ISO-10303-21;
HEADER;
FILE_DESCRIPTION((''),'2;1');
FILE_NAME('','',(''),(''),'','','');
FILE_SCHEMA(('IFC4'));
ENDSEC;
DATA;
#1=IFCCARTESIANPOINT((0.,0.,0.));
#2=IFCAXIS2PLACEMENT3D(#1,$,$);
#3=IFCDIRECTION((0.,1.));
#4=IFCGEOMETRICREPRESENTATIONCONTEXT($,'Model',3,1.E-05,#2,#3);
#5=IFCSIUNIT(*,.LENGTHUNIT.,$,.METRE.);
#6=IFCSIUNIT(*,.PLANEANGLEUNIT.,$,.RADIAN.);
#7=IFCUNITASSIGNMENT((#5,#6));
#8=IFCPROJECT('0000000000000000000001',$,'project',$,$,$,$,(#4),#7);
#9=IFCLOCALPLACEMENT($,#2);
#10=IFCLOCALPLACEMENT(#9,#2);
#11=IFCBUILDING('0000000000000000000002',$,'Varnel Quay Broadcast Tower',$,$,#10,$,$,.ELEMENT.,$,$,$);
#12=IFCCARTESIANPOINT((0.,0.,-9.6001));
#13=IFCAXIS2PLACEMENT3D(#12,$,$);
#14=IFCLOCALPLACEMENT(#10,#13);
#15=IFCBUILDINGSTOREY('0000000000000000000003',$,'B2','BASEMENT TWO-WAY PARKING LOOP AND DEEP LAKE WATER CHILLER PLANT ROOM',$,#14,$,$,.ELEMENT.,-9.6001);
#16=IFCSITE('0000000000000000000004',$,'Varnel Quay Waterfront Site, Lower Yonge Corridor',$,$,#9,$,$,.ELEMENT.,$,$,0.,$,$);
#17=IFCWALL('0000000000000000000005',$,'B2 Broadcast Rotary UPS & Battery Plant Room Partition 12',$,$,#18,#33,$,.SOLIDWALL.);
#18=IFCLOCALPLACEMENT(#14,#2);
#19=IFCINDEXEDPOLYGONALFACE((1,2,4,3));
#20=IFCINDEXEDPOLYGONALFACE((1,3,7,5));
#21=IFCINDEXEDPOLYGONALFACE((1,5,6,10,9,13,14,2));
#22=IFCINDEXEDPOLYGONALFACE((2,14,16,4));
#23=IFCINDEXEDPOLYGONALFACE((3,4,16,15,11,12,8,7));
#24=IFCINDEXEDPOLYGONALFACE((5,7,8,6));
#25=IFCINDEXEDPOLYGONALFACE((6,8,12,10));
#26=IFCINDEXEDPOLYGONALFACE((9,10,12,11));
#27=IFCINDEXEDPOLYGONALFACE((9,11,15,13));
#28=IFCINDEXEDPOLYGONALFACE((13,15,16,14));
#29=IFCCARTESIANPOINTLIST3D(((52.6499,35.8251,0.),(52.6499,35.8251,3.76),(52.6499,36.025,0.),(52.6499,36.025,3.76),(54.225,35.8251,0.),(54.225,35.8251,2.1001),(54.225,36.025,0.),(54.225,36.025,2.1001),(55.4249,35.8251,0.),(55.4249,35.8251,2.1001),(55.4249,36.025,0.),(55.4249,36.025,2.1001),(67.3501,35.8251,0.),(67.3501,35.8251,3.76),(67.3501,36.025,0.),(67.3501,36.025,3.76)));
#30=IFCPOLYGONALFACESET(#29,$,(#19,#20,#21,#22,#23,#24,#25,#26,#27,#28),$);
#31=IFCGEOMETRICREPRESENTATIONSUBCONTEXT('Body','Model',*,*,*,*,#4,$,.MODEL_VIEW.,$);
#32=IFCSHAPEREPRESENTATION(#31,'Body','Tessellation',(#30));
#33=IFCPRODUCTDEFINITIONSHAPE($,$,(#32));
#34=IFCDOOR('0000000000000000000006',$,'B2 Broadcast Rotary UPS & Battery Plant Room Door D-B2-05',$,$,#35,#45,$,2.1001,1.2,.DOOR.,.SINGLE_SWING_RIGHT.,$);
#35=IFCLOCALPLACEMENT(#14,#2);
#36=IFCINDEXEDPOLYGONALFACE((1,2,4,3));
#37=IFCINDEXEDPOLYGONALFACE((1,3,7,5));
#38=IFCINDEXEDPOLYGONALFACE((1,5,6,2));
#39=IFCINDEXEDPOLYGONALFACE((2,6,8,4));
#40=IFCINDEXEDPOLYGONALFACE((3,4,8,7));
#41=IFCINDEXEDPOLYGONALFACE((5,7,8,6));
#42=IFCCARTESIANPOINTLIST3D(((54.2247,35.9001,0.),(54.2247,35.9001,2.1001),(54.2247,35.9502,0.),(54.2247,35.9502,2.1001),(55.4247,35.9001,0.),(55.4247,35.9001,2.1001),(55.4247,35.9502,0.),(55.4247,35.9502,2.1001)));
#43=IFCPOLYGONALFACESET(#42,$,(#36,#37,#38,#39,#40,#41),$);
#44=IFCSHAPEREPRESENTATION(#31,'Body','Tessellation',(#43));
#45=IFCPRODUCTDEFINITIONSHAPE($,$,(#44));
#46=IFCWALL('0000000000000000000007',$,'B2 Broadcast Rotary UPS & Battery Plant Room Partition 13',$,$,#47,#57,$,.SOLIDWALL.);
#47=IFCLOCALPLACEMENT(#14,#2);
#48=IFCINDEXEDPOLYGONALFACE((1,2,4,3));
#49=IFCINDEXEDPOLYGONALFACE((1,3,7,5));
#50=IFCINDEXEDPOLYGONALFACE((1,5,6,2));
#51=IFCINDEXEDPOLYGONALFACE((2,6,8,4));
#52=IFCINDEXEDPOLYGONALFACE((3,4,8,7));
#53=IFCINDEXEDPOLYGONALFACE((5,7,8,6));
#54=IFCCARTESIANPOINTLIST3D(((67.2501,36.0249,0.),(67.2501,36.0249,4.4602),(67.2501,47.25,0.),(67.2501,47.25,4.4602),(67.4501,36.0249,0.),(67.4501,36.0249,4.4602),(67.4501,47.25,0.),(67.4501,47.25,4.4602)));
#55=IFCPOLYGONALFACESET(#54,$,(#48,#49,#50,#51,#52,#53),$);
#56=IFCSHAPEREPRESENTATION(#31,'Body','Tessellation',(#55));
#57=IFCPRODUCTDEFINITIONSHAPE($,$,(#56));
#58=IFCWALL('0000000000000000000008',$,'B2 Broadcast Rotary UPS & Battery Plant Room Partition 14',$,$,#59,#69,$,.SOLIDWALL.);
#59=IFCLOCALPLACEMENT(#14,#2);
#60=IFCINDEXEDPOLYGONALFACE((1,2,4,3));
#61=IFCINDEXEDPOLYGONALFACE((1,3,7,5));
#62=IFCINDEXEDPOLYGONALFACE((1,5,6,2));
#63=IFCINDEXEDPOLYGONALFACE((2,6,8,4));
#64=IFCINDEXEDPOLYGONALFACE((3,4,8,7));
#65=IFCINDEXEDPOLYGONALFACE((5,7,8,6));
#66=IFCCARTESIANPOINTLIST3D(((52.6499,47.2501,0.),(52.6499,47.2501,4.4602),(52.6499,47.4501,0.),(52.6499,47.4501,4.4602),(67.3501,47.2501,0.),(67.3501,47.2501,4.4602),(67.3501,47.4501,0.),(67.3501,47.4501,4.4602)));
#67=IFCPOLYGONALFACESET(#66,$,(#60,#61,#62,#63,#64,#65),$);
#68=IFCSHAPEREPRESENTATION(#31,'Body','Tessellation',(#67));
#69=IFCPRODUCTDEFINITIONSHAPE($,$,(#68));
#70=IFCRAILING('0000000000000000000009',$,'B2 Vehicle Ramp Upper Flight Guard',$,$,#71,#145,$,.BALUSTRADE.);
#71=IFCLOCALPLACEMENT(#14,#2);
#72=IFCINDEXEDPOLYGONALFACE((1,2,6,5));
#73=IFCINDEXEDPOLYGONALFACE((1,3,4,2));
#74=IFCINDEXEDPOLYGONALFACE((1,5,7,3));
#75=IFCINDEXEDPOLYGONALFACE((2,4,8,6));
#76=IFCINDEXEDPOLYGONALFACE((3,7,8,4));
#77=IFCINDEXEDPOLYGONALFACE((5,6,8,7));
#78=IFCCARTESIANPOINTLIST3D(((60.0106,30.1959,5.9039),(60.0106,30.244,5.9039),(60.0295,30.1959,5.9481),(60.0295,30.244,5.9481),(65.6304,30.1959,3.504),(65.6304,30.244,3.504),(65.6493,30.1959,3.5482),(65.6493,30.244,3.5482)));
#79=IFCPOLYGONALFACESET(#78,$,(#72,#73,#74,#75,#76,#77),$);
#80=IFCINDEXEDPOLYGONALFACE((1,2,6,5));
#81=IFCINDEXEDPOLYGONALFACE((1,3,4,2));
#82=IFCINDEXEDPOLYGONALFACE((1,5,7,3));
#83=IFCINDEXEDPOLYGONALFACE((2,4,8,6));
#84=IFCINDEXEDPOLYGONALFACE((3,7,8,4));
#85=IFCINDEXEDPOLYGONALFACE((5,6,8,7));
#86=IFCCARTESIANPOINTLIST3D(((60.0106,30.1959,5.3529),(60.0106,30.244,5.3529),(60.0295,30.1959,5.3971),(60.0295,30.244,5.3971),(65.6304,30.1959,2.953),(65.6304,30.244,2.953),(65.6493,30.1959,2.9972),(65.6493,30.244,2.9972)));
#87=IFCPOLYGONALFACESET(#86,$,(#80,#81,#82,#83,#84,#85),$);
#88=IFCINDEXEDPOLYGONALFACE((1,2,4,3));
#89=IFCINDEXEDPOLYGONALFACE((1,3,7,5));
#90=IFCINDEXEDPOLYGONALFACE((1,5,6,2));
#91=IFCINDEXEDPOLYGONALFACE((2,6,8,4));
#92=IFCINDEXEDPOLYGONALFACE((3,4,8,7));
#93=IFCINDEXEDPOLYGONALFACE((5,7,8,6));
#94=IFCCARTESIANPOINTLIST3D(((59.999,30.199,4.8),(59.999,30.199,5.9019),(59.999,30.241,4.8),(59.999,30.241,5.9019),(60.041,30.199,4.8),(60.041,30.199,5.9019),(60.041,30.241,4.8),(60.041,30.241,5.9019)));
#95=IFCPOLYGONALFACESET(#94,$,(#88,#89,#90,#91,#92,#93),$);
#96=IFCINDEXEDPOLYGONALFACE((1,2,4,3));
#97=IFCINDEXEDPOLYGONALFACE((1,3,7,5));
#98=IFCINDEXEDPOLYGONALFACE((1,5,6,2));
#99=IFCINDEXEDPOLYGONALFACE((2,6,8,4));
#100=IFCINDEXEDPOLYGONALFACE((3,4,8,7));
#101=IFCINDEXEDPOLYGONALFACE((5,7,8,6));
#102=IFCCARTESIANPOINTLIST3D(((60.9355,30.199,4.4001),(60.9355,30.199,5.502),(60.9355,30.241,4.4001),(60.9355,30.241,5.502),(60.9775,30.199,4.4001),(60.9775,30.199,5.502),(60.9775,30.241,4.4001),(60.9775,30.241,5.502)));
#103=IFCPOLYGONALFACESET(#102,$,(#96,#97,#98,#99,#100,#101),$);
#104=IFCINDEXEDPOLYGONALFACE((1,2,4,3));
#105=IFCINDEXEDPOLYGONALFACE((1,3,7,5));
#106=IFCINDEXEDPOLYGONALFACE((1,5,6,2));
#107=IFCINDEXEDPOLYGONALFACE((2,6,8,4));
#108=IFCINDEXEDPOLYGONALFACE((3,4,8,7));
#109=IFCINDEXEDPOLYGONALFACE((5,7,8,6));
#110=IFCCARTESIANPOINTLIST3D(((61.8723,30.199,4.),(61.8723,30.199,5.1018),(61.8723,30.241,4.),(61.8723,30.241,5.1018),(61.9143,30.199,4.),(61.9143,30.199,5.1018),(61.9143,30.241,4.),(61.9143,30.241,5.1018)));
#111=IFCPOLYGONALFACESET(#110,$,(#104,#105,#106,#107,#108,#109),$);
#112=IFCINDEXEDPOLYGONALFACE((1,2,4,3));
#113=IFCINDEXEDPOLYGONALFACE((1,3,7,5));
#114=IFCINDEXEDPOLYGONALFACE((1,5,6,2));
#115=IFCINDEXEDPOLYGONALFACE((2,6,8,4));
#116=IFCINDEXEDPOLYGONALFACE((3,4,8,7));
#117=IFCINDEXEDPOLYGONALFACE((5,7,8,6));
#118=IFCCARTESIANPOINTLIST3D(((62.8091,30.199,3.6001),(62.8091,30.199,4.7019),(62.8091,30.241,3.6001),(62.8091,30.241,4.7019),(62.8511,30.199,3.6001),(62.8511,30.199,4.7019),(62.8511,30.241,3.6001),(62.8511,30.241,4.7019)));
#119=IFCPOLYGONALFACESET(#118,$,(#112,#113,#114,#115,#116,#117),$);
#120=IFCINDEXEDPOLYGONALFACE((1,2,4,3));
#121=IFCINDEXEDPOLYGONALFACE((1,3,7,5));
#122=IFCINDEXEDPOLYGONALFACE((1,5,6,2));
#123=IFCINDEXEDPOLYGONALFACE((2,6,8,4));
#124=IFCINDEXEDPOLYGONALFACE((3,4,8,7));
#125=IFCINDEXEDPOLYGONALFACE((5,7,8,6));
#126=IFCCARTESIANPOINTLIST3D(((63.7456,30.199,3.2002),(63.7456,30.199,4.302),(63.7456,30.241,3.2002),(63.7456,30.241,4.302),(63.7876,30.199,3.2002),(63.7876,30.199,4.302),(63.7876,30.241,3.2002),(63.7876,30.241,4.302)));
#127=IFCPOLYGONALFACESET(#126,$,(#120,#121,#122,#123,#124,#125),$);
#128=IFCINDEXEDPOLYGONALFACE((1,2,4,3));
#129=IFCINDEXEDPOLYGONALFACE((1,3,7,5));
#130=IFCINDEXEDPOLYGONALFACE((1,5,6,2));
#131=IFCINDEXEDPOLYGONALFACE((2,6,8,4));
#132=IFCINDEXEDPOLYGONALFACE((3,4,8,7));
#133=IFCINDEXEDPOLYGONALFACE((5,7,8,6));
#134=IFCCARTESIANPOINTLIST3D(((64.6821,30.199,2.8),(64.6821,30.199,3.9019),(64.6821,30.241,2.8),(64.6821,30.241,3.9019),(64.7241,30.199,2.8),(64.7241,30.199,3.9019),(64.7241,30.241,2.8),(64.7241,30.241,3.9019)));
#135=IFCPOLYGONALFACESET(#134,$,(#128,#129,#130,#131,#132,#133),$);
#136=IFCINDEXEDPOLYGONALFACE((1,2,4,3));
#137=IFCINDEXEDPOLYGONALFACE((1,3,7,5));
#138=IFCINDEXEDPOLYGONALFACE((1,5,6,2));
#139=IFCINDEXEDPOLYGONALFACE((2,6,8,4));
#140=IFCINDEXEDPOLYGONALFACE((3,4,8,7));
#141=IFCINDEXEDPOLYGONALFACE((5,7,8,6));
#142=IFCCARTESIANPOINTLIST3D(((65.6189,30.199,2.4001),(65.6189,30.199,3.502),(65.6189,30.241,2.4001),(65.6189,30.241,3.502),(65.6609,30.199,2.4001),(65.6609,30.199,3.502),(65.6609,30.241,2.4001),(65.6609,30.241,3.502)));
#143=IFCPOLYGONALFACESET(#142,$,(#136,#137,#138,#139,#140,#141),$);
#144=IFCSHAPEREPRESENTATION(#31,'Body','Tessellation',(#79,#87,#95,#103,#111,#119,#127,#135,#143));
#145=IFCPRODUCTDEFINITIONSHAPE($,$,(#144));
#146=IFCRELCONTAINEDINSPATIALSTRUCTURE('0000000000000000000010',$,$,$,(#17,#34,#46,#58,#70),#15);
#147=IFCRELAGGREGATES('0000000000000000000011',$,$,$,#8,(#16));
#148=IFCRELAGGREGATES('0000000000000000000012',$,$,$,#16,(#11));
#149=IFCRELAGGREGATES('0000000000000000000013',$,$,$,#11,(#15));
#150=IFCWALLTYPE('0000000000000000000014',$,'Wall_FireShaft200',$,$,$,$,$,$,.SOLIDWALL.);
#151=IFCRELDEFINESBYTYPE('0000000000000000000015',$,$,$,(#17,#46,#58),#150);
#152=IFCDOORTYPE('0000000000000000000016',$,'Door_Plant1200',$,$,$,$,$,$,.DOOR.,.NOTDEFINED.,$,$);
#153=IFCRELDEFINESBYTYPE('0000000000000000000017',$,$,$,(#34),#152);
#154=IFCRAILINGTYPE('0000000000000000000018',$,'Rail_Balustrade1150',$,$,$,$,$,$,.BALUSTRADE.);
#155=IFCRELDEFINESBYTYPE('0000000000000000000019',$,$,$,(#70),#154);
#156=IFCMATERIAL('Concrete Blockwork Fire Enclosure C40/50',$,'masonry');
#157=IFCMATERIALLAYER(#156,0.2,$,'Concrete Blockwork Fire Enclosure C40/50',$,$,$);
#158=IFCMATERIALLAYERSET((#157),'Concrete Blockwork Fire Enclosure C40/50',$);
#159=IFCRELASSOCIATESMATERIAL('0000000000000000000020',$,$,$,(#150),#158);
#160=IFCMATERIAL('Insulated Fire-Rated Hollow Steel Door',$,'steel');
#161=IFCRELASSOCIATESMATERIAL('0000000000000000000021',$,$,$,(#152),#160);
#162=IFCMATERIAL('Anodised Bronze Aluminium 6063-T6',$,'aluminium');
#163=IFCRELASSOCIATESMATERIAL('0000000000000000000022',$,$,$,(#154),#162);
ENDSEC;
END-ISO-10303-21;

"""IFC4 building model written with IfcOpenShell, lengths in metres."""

from ifc_helpers import new_model, si_unit, direction, frame, frame_2d, origin, origin_2d, place, context, subcontext, project, spatial, rectangle, extrude, source, transform, mapped, material, layer, layer_set, type_object, type_shapes, element, fill, save


model = new_model("IFC4")

# Units and contexts
model_context = context("Model", 3, precision=1e-05, world=origin(), true_north=direction((0.0, 1.0)))
body_context = subcontext(model_context, "Body", "Model", "MODEL_VIEW")
ifc_project = project(units=[si_unit("LENGTHUNIT", "METRE"), si_unit("PLANEANGLEUNIT", "RADIAN")], contexts=[model_context])

# Site, building, storey
site_placement = place(None, origin())
site = spatial("IfcSite", under=ifc_project, at=site_placement, Name="Varnel Quay Waterfront Site, Lower Yonge Corridor", CompositionType="ELEMENT", RefElevation=0.0)
building_placement = place(site_placement, origin())
building = spatial("IfcBuilding", under=site, at=building_placement, Name="Varnel Quay Broadcast Tower", CompositionType="ELEMENT")
storey_placement = place(building_placement, frame((0.0, 0.0, -9.6001)))
storey = spatial("IfcBuildingStorey", under=building, at=storey_placement, Name="B2", Description="BASEMENT TWO-WAY PARKING LOOP AND DEEP LAKE WATER CHILLER PLANT ROOM", CompositionType="ELEMENT", Elevation=-9.6001)

# Wall, opening, door
ifc_material_1 = material(Name="Concrete Blockwork Fire Enclosure C40/50", Category="masonry")
ifc_layer_1 = layer(ifc_material_1, 0.2, Name="Concrete Blockwork Fire Enclosure C40/50")
ifc_layer_set_1 = layer_set([ifc_layer_1], Name="Concrete Blockwork Fire Enclosure C40/50")
wall_type_1 = type_object("IfcWallType", Name="Wall_FireShaft200", PredefinedType="SOLIDWALL", material=ifc_layer_set_1)
wall_1_placement = place(storey_placement, frame((52.6499, 35.925, 0.0), z_axis=(0.0, 0.0, 1.0), x_axis=(1.0, 0.0, 0.0)))
wall_1 = element("IfcWall", 1, at=wall_1_placement, inside=storey, type_object=wall_type_1, Name="B2 Broadcast Rotary UPS & Battery Plant Room Partition 12", PredefinedType="SOLIDWALL", context=body_context, shape_type="SweptSolid", body=[
    extrude(rectangle(XDim=14.7002, YDim=0.2, at=frame_2d((7.3501, 0.0))), origin(), (0.0, 0.0, 1.0), 3.76),
])
opening_placement = place(wall_1_placement, frame((1.575, 0.0, 0.0)))
opening = element("IfcOpeningElement", 2, at=opening_placement, cuts=wall_1, PredefinedType="OPENING", context=body_context, shape_type="SweptSolid", body=[
    extrude(rectangle(XDim=1.2, YDim=2.1001, at=frame_2d((0.6001, 1.05))), frame((0.0, 0.1099, 0.0), z_axis=(0.0, -1.0, 0.0), x_axis=(1.0, 0.0, 0.0)), (0.0, 0.0, 1.0), 0.22),
])
ifc_material_2 = material(Name="Insulated Fire-Rated Hollow Steel Door", Category="steel")
door_type = type_object("IfcDoorType", Name="Door_Plant1200", OperationType="NOTDEFINED", PredefinedType="DOOR", material=ifc_material_2)
shared_shape_1 = source(origin(), body_context, "Body", "SweptSolid", [
    extrude(rectangle(XDim=1.2, YDim=2.1001, at=frame_2d((0.6001, 1.05))), frame((0.0, 0.0249, 0.0), z_axis=(0.0, -1.0, 0.0), x_axis=(1.0, 0.0, 0.0)), (0.0, 0.0, 1.0), 0.05),
])
type_shapes(door_type, [shared_shape_1])
door_placement = place(opening_placement, frame((1.2, 0.0, 0.0), z_axis=(0.0, 0.0, 1.0), x_axis=(-1.0, 0.0, 0.0)))
door = element("IfcDoor", 3, at=door_placement, inside=storey, type_object=door_type, Name="B2 Broadcast Rotary UPS & Battery Plant Room Door D-B2-05", OperationType="SINGLE_SWING_RIGHT", OverallHeight=2.1001, OverallWidth=1.2, PredefinedType="DOOR", context=body_context, shape_type="MappedRepresentation", body=[
    mapped(shared_shape_1, transform((0.0, 0.0, 0.0), x_axis=(1.0, 0.0, 0.0), y_axis=(0.0, 1.0, 0.0), z_axis=(0.0, 0.0, 1.0), scale=1.0)),
])
fill(opening, door)

# Walls
wall_2_placement = place(storey_placement, frame((67.3501, 36.0249, 0.0), z_axis=(0.0, 0.0, 1.0), x_axis=(0.0, 1.0, 0.0)))
element("IfcWall", 4, at=wall_2_placement, inside=storey, type_object=wall_type_1, Name="B2 Broadcast Rotary UPS & Battery Plant Room Partition 13", PredefinedType="SOLIDWALL", context=body_context, shape_type="SweptSolid", body=[
    extrude(rectangle(XDim=11.2251, YDim=0.2, at=frame_2d((5.6125, 0.0))), origin(), (0.0, 0.0, 1.0), 4.4602),
])
wall_3_placement = place(storey_placement, frame((52.6499, 47.3501, 0.0), z_axis=(0.0, 0.0, 1.0), x_axis=(1.0, 0.0, 0.0)))
element("IfcWall", 5, at=wall_3_placement, inside=storey, type_object=wall_type_1, Name="B2 Broadcast Rotary UPS & Battery Plant Room Partition 14", PredefinedType="SOLIDWALL", context=body_context, shape_type="SweptSolid", body=[
    extrude(rectangle(XDim=14.7002, YDim=0.2, at=frame_2d((7.3501, 0.0))), origin(), (0.0, 0.0, 1.0), 4.4602),
])

# Railing
ifc_material_3 = material(Name="Anodised Bronze Aluminium 6063-T6", Category="aluminium")
railing_type = type_object("IfcRailingType", Name="Rail_Balustrade1150", PredefinedType="BALUSTRADE", material=ifc_material_3)
railing_placement = place(storey_placement, frame((60.02, 30.22, 4.8)))
element("IfcRailing", 6, at=railing_placement, inside=storey, type_object=railing_type, Name="B2 Vehicle Ramp Upper Flight Guard", PredefinedType="BALUSTRADE", context=body_context, shape_type="SweptSolid", body=[
    extrude(rectangle(XDim=0.0481, YDim=0.0481, at=origin_2d()), frame((0.0, 0.0, 1.126), z_axis=(0.919655, 0.0, -0.392728), x_axis=(0.0, 1.0, 0.0)), (0.0, 0.0, 1.0), 6.1108),
    extrude(rectangle(XDim=0.0481, YDim=0.0481, at=origin_2d()), frame((0.0, 0.0, 0.575), z_axis=(0.919655, 0.0, -0.392728), x_axis=(0.0, 1.0, 0.0)), (0.0, 0.0, 1.0), 6.1108),
    extrude(rectangle(XDim=0.042, YDim=0.042, at=origin_2d()), origin(), (0.0, 0.0, 1.0), 1.1018),
    extrude(rectangle(XDim=0.042, YDim=0.042, at=origin_2d()), frame((0.9365, 0.0, -0.3999)), (0.0, 0.0, 1.0), 1.1018),
    extrude(rectangle(XDim=0.042, YDim=0.042, at=origin_2d()), frame((1.8733, 0.0, -0.8)), (0.0, 0.0, 1.0), 1.1018),
    extrude(rectangle(XDim=0.042, YDim=0.042, at=origin_2d()), frame((2.8101, 0.0, -1.2)), (0.0, 0.0, 1.0), 1.1018),
    extrude(rectangle(XDim=0.042, YDim=0.042, at=origin_2d()), frame((3.7466, 0.0, -1.5999)), (0.0, 0.0, 1.0), 1.1018),
    extrude(rectangle(XDim=0.042, YDim=0.042, at=origin_2d()), frame((4.6831, 0.0, -2.0)), (0.0, 0.0, 1.0), 1.1018),
    extrude(rectangle(XDim=0.042, YDim=0.042, at=origin_2d()), frame((5.6199, 0.0, -2.3999)), (0.0, 0.0, 1.0), 1.1018),
])

save(model, "model.ifc")
